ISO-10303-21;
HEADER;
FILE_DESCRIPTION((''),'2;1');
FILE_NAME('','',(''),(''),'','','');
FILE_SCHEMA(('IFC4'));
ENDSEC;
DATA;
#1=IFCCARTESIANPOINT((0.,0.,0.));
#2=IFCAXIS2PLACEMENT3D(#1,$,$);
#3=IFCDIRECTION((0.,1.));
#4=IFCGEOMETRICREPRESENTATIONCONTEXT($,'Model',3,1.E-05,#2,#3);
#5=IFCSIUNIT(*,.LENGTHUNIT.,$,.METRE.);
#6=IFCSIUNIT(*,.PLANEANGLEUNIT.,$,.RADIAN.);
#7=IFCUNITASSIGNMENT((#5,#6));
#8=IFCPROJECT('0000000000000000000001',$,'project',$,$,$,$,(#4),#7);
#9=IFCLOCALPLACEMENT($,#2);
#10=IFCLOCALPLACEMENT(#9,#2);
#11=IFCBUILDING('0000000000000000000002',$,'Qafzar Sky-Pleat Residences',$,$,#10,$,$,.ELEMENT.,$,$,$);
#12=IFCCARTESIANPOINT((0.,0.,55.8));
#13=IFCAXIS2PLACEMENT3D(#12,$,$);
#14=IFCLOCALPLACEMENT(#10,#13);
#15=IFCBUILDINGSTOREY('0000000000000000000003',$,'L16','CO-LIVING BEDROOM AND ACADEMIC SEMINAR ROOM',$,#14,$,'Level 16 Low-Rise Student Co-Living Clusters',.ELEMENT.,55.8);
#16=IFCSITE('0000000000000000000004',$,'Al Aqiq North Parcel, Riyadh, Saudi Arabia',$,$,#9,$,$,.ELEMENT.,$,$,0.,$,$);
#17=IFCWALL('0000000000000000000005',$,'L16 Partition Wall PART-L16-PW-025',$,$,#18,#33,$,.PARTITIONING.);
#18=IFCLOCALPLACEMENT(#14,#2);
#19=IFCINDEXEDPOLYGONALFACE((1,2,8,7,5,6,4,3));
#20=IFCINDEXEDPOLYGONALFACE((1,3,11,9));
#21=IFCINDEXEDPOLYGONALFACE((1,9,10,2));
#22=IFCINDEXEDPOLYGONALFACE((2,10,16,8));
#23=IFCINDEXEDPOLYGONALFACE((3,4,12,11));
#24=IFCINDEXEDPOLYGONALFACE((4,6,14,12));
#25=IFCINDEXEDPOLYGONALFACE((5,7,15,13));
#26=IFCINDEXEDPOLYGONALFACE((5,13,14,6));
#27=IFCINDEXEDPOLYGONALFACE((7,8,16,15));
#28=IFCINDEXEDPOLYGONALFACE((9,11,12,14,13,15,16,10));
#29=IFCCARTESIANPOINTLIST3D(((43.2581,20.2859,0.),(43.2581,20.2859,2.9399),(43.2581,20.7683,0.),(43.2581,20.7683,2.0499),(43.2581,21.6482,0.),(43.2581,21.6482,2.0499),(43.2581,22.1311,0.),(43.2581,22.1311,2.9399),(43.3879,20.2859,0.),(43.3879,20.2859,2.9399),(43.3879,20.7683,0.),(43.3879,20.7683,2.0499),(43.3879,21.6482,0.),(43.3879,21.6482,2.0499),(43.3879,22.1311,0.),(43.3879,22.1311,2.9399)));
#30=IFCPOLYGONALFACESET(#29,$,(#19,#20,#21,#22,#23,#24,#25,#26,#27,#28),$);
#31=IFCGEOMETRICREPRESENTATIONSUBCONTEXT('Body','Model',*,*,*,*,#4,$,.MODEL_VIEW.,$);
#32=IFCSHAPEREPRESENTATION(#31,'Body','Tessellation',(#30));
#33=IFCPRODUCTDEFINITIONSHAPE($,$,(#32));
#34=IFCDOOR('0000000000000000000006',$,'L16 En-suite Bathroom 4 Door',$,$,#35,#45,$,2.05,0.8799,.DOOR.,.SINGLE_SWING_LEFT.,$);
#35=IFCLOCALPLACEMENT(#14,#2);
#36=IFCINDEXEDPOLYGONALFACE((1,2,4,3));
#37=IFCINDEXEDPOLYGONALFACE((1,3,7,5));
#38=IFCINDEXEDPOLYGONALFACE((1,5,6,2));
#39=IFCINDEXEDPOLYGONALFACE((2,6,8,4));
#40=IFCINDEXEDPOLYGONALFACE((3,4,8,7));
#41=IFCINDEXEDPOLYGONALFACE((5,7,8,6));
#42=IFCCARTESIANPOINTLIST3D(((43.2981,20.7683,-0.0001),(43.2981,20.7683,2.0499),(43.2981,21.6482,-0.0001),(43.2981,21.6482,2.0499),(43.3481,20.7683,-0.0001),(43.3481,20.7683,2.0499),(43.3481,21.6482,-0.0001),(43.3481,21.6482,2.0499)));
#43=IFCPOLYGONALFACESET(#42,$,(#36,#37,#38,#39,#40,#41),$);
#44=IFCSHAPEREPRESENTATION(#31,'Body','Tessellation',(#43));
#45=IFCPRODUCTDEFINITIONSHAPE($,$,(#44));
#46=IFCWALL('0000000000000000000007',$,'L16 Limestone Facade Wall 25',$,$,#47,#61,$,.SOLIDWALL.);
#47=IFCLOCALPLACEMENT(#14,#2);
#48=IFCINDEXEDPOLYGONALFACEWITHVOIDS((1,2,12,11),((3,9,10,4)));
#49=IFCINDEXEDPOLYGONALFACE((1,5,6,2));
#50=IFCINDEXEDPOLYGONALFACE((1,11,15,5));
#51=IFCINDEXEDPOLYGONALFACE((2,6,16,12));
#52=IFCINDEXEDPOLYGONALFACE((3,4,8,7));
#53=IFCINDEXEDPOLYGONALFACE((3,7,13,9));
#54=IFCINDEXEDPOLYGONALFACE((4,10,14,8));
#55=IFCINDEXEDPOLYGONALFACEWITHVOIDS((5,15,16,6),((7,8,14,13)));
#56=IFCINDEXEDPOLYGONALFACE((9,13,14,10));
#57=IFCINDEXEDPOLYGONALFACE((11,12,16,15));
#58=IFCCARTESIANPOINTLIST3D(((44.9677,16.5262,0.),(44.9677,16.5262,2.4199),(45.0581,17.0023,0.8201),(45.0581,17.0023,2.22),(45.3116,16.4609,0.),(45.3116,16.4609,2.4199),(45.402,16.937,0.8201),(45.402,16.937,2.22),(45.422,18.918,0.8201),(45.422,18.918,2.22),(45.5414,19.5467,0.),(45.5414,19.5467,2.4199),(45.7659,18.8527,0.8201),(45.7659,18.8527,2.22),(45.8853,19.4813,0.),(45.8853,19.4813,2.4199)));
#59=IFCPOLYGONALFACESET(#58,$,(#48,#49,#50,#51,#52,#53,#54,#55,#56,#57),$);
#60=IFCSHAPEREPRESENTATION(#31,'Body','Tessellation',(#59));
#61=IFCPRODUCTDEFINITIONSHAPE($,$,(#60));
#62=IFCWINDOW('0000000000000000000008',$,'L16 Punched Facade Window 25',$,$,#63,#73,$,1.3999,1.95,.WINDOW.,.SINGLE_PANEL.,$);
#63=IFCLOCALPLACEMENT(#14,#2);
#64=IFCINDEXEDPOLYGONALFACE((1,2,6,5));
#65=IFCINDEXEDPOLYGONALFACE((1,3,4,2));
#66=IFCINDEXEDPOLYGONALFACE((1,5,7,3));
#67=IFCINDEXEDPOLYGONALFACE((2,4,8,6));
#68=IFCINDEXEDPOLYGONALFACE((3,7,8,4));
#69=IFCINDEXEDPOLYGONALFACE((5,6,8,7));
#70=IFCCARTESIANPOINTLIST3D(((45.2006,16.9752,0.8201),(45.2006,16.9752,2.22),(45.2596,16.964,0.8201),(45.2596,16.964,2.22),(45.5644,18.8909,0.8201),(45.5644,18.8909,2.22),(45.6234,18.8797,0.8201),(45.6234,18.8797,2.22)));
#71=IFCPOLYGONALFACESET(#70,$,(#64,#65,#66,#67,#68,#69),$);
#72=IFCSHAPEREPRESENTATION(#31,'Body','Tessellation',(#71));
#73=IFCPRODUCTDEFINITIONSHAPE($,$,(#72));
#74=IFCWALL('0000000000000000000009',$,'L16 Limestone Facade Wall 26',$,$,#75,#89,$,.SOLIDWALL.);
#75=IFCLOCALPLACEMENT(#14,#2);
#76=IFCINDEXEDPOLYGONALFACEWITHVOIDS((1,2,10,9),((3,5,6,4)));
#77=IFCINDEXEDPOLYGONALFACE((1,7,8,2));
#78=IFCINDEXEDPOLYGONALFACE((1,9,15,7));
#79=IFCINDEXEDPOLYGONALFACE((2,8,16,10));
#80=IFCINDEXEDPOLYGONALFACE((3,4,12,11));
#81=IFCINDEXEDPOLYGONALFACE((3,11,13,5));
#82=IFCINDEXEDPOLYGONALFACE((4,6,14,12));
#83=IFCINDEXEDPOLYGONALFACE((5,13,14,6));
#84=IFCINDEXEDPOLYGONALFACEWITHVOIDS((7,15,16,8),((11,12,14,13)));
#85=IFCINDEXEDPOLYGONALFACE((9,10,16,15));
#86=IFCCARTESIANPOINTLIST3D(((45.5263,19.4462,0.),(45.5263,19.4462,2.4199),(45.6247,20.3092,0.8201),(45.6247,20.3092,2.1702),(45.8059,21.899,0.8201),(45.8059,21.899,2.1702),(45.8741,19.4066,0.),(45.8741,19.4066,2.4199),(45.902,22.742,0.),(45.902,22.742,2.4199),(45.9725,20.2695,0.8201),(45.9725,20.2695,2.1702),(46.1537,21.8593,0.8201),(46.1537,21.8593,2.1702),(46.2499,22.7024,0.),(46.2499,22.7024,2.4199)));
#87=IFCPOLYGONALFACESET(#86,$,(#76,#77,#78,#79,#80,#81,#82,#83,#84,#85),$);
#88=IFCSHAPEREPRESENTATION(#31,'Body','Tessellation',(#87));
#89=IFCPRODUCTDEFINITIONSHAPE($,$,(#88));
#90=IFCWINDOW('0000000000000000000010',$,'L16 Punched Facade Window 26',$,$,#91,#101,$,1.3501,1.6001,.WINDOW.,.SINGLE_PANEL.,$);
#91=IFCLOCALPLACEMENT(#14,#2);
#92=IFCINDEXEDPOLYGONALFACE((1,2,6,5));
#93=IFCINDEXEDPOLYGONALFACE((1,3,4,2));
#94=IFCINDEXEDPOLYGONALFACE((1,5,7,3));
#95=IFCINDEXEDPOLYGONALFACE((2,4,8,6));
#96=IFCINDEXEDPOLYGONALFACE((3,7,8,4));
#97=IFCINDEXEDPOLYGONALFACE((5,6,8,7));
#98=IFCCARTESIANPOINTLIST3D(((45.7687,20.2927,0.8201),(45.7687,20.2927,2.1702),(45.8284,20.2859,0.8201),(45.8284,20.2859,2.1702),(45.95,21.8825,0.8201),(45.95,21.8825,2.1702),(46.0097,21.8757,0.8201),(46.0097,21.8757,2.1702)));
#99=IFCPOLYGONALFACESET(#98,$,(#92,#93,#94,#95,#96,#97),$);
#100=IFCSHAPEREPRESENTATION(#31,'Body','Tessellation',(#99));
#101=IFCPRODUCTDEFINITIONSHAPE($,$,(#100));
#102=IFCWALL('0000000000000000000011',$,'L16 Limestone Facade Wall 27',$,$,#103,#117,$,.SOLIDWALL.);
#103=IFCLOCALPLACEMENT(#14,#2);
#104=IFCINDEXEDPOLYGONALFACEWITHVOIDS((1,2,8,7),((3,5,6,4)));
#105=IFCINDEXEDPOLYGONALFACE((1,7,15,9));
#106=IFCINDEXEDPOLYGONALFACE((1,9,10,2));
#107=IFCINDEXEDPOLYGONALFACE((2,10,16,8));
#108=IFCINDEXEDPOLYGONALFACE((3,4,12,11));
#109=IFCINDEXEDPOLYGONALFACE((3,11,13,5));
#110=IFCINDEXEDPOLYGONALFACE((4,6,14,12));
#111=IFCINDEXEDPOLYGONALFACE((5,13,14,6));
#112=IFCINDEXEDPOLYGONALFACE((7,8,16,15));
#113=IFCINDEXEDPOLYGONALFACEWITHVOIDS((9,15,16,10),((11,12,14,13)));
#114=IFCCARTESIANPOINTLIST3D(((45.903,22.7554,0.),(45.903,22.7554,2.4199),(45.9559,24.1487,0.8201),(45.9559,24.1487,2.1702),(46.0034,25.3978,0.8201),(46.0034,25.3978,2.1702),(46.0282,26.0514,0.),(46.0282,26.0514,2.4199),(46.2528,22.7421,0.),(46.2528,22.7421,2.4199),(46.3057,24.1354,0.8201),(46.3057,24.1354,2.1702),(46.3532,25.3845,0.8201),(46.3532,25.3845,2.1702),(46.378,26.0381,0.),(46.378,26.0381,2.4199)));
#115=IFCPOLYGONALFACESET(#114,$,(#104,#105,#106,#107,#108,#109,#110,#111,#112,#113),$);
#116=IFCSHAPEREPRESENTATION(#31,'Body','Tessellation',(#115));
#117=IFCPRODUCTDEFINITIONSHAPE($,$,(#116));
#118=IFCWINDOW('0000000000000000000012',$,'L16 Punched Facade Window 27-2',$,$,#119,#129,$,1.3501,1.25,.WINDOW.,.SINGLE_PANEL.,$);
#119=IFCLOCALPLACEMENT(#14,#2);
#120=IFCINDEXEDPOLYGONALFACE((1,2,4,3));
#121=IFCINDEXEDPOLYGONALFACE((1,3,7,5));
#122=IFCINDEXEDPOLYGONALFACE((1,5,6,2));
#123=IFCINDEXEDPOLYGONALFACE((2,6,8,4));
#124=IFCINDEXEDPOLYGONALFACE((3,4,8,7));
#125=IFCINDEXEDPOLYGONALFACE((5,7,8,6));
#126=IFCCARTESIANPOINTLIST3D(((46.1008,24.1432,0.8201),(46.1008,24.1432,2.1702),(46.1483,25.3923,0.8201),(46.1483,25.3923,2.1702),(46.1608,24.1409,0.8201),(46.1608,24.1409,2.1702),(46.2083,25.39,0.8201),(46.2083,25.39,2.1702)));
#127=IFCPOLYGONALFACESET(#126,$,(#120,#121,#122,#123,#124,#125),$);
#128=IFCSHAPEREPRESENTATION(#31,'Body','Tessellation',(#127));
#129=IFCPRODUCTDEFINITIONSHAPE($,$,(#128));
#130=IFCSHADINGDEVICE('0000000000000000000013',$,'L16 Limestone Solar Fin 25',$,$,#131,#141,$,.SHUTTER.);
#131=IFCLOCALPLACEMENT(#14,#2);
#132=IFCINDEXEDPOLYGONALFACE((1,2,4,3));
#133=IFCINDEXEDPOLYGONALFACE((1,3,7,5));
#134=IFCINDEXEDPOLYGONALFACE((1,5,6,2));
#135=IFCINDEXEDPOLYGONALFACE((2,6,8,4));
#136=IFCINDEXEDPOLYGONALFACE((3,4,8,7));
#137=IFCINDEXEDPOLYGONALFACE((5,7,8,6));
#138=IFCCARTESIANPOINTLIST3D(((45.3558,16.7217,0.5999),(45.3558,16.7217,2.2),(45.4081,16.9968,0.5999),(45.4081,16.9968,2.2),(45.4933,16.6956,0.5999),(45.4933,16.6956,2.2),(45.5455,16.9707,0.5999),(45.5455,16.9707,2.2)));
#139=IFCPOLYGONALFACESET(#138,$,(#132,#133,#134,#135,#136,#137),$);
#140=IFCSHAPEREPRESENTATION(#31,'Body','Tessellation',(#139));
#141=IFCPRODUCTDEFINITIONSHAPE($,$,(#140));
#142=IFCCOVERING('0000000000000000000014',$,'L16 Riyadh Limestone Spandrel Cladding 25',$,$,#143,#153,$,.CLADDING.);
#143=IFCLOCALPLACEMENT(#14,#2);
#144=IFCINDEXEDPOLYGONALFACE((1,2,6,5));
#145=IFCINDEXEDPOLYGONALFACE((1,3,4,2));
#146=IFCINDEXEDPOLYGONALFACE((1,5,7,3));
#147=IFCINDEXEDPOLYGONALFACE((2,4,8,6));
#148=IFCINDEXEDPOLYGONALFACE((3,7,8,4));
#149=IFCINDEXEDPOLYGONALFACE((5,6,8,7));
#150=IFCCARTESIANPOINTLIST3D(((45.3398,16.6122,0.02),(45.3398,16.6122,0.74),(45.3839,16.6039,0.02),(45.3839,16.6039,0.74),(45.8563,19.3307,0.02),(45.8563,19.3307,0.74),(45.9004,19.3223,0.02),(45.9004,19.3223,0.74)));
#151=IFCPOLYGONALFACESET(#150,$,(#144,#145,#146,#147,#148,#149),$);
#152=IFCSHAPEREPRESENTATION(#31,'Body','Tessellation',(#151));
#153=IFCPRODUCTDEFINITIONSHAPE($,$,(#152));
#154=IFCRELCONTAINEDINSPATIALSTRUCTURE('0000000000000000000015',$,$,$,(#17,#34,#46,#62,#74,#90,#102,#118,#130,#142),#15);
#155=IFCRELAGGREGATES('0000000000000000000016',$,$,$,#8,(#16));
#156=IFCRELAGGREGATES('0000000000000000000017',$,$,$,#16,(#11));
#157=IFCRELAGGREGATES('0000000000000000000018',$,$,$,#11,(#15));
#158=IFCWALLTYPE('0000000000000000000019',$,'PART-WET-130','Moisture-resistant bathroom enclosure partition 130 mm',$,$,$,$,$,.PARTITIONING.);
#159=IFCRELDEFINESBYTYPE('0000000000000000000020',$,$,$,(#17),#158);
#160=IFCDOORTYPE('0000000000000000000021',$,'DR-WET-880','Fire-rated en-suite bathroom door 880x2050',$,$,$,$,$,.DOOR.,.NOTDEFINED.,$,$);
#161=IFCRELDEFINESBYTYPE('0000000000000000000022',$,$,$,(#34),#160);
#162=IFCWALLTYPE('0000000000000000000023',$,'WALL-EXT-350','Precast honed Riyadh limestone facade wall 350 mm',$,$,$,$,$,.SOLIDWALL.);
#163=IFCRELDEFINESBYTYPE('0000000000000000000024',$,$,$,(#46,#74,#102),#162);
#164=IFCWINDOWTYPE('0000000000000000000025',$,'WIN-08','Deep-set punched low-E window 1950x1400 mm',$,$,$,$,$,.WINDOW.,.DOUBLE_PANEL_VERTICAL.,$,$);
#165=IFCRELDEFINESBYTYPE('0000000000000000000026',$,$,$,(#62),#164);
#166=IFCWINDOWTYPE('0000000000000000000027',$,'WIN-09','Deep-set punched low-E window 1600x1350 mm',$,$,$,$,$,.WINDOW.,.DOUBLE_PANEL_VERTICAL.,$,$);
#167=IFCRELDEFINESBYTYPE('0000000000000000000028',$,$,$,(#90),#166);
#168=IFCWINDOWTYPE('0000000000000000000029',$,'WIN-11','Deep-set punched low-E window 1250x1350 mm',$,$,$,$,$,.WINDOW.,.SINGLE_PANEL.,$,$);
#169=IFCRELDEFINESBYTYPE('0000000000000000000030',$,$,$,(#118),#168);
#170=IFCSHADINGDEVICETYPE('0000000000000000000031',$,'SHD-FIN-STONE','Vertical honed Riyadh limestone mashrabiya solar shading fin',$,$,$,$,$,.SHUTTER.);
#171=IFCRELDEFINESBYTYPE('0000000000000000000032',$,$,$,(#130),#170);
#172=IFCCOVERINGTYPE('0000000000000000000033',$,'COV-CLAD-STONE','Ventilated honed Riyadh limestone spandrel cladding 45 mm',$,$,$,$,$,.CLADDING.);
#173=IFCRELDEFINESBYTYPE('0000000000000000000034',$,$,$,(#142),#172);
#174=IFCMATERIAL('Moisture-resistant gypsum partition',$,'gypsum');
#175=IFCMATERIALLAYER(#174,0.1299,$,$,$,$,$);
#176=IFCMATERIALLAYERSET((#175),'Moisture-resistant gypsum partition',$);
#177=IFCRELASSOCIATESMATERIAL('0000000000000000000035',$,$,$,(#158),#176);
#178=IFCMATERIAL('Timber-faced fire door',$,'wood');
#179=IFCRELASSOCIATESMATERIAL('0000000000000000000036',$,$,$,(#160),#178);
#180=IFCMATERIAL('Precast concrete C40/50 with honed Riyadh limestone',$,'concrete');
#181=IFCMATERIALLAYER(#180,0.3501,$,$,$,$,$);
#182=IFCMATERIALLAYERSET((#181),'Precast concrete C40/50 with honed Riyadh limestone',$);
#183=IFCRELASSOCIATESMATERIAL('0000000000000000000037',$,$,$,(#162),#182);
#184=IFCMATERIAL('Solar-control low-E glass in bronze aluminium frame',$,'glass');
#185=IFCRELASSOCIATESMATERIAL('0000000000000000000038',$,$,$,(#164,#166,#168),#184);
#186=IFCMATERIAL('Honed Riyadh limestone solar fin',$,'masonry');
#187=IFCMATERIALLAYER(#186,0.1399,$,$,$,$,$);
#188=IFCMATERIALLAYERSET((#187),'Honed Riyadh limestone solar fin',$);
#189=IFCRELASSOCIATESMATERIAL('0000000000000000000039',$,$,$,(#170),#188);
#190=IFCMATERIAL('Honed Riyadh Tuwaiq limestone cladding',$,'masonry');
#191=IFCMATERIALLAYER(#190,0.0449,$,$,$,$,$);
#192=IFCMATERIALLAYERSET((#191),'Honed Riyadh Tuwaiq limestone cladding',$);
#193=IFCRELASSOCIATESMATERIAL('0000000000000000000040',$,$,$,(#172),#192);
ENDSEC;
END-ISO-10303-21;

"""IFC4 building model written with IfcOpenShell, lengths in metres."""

from ifc_helpers import new_model, si_unit, direction, frame, frame_2d, origin, origin_2d, place, context, subcontext, project, spatial, rectangle, extrude, source, transform, mapped, material, layer, layer_set, type_object, element, fill, save


model = new_model("IFC4")

# Units and contexts
model_context = context("Model", 3, precision=1e-05, world=origin(), true_north=direction((0.0, 1.0)))
body_context = subcontext(model_context, "Body", "Model", "MODEL_VIEW")
ifc_project = project(units=[si_unit("LENGTHUNIT", "METRE"), si_unit("PLANEANGLEUNIT", "RADIAN")], contexts=[model_context])

# Site, building, storey
site_placement = place(None, origin())
site = spatial("IfcSite", under=ifc_project, at=site_placement, Name="Al Aqiq North Parcel, Riyadh, Saudi Arabia", CompositionType="ELEMENT", RefElevation=0.0)
building_placement = place(site_placement, origin())
building = spatial("IfcBuilding", under=site, at=building_placement, Name="Qafzar Sky-Pleat Residences", CompositionType="ELEMENT")
storey_placement = place(building_placement, frame((0.0, 0.0, 55.8)))
storey = spatial("IfcBuildingStorey", under=building, at=storey_placement, Name="L16", Description="CO-LIVING BEDROOM AND ACADEMIC SEMINAR ROOM", LongName="Level 16 Low-Rise Student Co-Living Clusters", CompositionType="ELEMENT", Elevation=55.8)

# Wall, opening, door
ifc_material_1 = material(Name="Moisture-resistant gypsum partition", Category="gypsum")
ifc_layer_1 = layer(ifc_material_1, 0.1299)
ifc_layer_set_1 = layer_set([ifc_layer_1], Name="Moisture-resistant gypsum partition")
wall_type_1 = type_object("IfcWallType", Name="PART-WET-130", Description="Moisture-resistant bathroom enclosure partition 130 mm", PredefinedType="PARTITIONING", material=ifc_layer_set_1)
ifc_material_2 = material(Name="Timber-faced fire door", Category="wood")
door_type = type_object("IfcDoorType", Name="DR-WET-880", Description="Fire-rated en-suite bathroom door 880x2050", OperationType="NOTDEFINED", PredefinedType="DOOR", material=ifc_material_2)
shared_shape_1 = source(origin(), body_context, "Body", "SweptSolid", [
    extrude(rectangle(XDim=0.8799, YDim=2.05, at=frame_2d((0.4399, 1.0249))), frame((0.0, 0.0249, 0.0), z_axis=(0.0, -1.0, 0.0), x_axis=(1.0, 0.0, 0.0)), (0.0, 0.0, 1.0), 0.05),
])
wall_1_placement = place(storey_placement, frame((43.323, 20.2859, 0.0), z_axis=(0.0, 0.0, 1.0), x_axis=(0.0, 1.0, 0.0)))
wall_1 = element("IfcWall", 1, at=wall_1_placement, inside=storey, type_object=wall_type_1, Name="L16 Partition Wall PART-L16-PW-025", PredefinedType="PARTITIONING", context=body_context, shape_type="SweptSolid", body=[
    extrude(rectangle(XDim=1.8452, YDim=0.1299, at=frame_2d((0.9226, 0.0))), origin(), (0.0, 0.0, 1.0), 2.9399),
])
opening_1_placement = place(wall_1_placement, frame((0.4824, 0.0, 0.0)))
opening_1 = element("IfcOpeningElement", 2, at=opening_1_placement, cuts=wall_1, PredefinedType="OPENING", context=body_context, shape_type="SweptSolid", body=[
    extrude(rectangle(XDim=0.8799, YDim=2.05, at=frame_2d((0.4399, 1.0249))), frame((0.0, 0.075, 0.0), z_axis=(0.0, -1.0, 0.0), x_axis=(1.0, 0.0, 0.0)), (0.0, 0.0, 1.0), 0.1499),
])
door_1_placement = place(opening_1_placement, origin())
door_1 = element("IfcDoor", 3, at=door_1_placement, inside=storey, type_object=door_type, Name="L16 En-suite Bathroom 4 Door", OperationType="SINGLE_SWING_LEFT", OverallHeight=2.05, OverallWidth=0.8799, PredefinedType="DOOR", context=body_context, shape_type="MappedRepresentation", body=[
    mapped(shared_shape_1, transform((0.0, 0.0, 0.0), x_axis=(1.0, 0.0, 0.0), y_axis=(0.0, 1.0, 0.0), z_axis=(0.0, 0.0, 1.0), scale=1.0)),
])
fill(opening_1, door_1)

# Walls, openings, windows
ifc_material_3 = material(Name="Precast concrete C40/50 with honed Riyadh limestone", Category="concrete")
ifc_layer_2 = layer(ifc_material_3, 0.3501)
ifc_layer_set_2 = layer_set([ifc_layer_2], Name="Precast concrete C40/50 with honed Riyadh limestone")
wall_type_2 = type_object("IfcWallType", Name="WALL-EXT-350", Description="Precast honed Riyadh limestone facade wall 350 mm", PredefinedType="SOLIDWALL", material=ifc_layer_set_2)
wall_2_placement = place(storey_placement, frame((45.1396, 16.4937, 0.0), z_axis=(0.0, 0.0, 1.0), x_axis=(0.186609, 0.982434, 0.0)))
wall_2 = element("IfcWall", 4, at=wall_2_placement, inside=storey, type_object=wall_type_2, Name="L16 Limestone Facade Wall 25", PredefinedType="SOLIDWALL", context=body_context, shape_type="SweptSolid", body=[
    extrude(rectangle(XDim=3.0745, YDim=0.3501, at=frame_2d((1.5371, 0.0))), origin(), (0.0, 0.0, 1.0), 2.4199),
])
opening_2_placement = place(wall_2_placement, frame((0.4844, 0.0, 0.8201)))
opening_2 = element("IfcOpeningElement", 5, at=opening_2_placement, cuts=wall_2, PredefinedType="OPENING", context=body_context, shape_type="SweptSolid", body=[
    extrude(rectangle(XDim=1.95, YDim=1.3999, at=frame_2d((0.9751, 0.7))), frame((0.0, 0.1851, 0.0), z_axis=(0.0, -1.0, 0.0), x_axis=(1.0, 0.0, 0.0)), (0.0, 0.0, 1.0), 0.3701),
])
ifc_material_4 = material(Name="Solar-control low-E glass in bronze aluminium frame", Category="glass")
window_type_1 = type_object("IfcWindowType", Name="WIN-08", Description="Deep-set punched low-E window 1950x1400 mm", PartitioningType="DOUBLE_PANEL_VERTICAL", PredefinedType="WINDOW", material=ifc_material_4)
shared_shape_2 = source(origin(), body_context, "Body", "SweptSolid", [
    extrude(rectangle(XDim=1.95, YDim=1.3999, at=frame_2d((0.9751, 0.7))), frame((0.0, 0.03, 0.0), z_axis=(0.0, -1.0, 0.0), x_axis=(1.0, 0.0, 0.0)), (0.0, 0.0, 1.0), 0.0601),
])
window_1_placement = place(opening_2_placement, origin())
window_1 = element("IfcWindow", 6, at=window_1_placement, inside=storey, type_object=window_type_1, Name="L16 Punched Facade Window 25", OverallHeight=1.3999, OverallWidth=1.95, PartitioningType="SINGLE_PANEL", PredefinedType="WINDOW", context=body_context, shape_type="MappedRepresentation", body=[
    mapped(shared_shape_2, transform((0.0, 0.0, 0.0), x_axis=(1.0, 0.0, 0.0), y_axis=(0.0, 1.0, 0.0), z_axis=(0.0, 0.0, 1.0), scale=1.0)),
])
fill(opening_2, window_1)
wall_3_placement = place(storey_placement, frame((45.7002, 19.4263, 0.0), z_axis=(0.0, 0.0, 1.0), x_axis=(0.113266, 0.993565, 0.0)))
wall_3 = element("IfcWall", 7, at=wall_3_placement, inside=storey, type_object=wall_type_2, Name="L16 Limestone Facade Wall 26", PredefinedType="SOLIDWALL", context=body_context, shape_type="SweptSolid", body=[
    extrude(rectangle(XDim=3.3171, YDim=0.3501, at=frame_2d((1.6587, 0.0))), origin(), (0.0, 0.0, 1.0), 2.4199),
])
opening_3_placement = place(wall_3_placement, frame((0.8687, 0.0, 0.8201)))
opening_3 = element("IfcOpeningElement", 8, at=opening_3_placement, cuts=wall_3, PredefinedType="OPENING", context=body_context, shape_type="SweptSolid", body=[
    extrude(rectangle(XDim=1.6001, YDim=1.3501, at=frame_2d((0.8, 0.675))), frame((0.0, 0.1851, 0.0), z_axis=(0.0, -1.0, 0.0), x_axis=(1.0, 0.0, 0.0)), (0.0, 0.0, 1.0), 0.3701),
])
window_type_2 = type_object("IfcWindowType", Name="WIN-09", Description="Deep-set punched low-E window 1600x1350 mm", PartitioningType="DOUBLE_PANEL_VERTICAL", PredefinedType="WINDOW", material=ifc_material_4)
shared_shape_3 = source(origin(), body_context, "Body", "SweptSolid", [
    extrude(rectangle(XDim=1.6001, YDim=1.3501, at=frame_2d((0.8, 0.675))), frame((0.0, 0.03, 0.0), z_axis=(0.0, -1.0, 0.0), x_axis=(1.0, 0.0, 0.0)), (0.0, 0.0, 1.0), 0.0601),
])
window_2_placement = place(opening_3_placement, origin())
window_2 = element("IfcWindow", 9, at=window_2_placement, inside=storey, type_object=window_type_2, Name="L16 Punched Facade Window 26", OverallHeight=1.3501, OverallWidth=1.6001, PartitioningType="SINGLE_PANEL", PredefinedType="WINDOW", context=body_context, shape_type="MappedRepresentation", body=[
    mapped(shared_shape_3, transform((0.0, 0.0, 0.0), x_axis=(1.0, 0.0, 0.0), y_axis=(0.0, 1.0, 0.0), z_axis=(0.0, 0.0, 1.0), scale=1.0)),
])
fill(opening_3, window_2)
wall_4_placement = place(storey_placement, frame((46.0779, 22.7488, 0.0), z_axis=(0.0, 0.0, 1.0), x_axis=(0.037973, 0.999279, 0.0)))
wall_4 = element("IfcWall", 10, at=wall_4_placement, inside=storey, type_object=wall_type_2, Name="L16 Limestone Facade Wall 27", PredefinedType="SOLIDWALL", context=body_context, shape_type="SweptSolid", body=[
    extrude(rectangle(XDim=3.2983, YDim=0.3501, at=frame_2d((1.6492, 0.0))), origin(), (0.0, 0.0, 1.0), 2.4199),
])
opening_4_placement = place(wall_4_placement, frame((1.3943, 0.0, 0.8201)))
opening_4 = element("IfcOpeningElement", 11, at=opening_4_placement, cuts=wall_4, PredefinedType="OPENING", context=body_context, shape_type="SweptSolid", body=[
    extrude(rectangle(XDim=1.25, YDim=1.3501, at=frame_2d((0.625, 0.675))), frame((0.0, 0.1851, 0.0), z_axis=(0.0, -1.0, 0.0), x_axis=(1.0, 0.0, 0.0)), (0.0, 0.0, 1.0), 0.3701),
])
window_type_3 = type_object("IfcWindowType", Name="WIN-11", Description="Deep-set punched low-E window 1250x1350 mm", PartitioningType="SINGLE_PANEL", PredefinedType="WINDOW", material=ifc_material_4)
shared_shape_4 = source(origin(), body_context, "Body", "SweptSolid", [
    extrude(rectangle(XDim=1.25, YDim=1.3501, at=frame_2d((0.625, 0.675))), frame((0.0, 0.03, 0.0), z_axis=(0.0, -1.0, 0.0), x_axis=(1.0, 0.0, 0.0)), (0.0, 0.0, 1.0), 0.0601),
])
window_3_placement = place(opening_4_placement, origin())
window_3 = element("IfcWindow", 12, at=window_3_placement, inside=storey, type_object=window_type_3, Name="L16 Punched Facade Window 27-2", OverallHeight=1.3501, OverallWidth=1.25, PartitioningType="SINGLE_PANEL", PredefinedType="WINDOW", context=body_context, shape_type="MappedRepresentation", body=[
    mapped(shared_shape_4, transform((0.0, 0.0, 0.0), x_axis=(1.0, 0.0, 0.0), y_axis=(0.0, 1.0, 0.0), z_axis=(0.0, 0.0, 1.0), scale=1.0)),
])
fill(opening_4, window_3)

# Shading device
ifc_material_5 = material(Name="Honed Riyadh limestone solar fin", Category="masonry")
ifc_layer_3 = layer(ifc_material_5, 0.1399)
ifc_layer_set_3 = layer_set([ifc_layer_3], Name="Honed Riyadh limestone solar fin")
shading_device_type = type_object("IfcShadingDeviceType", Name="SHD-FIN-STONE", Description="Vertical honed Riyadh limestone mashrabiya solar shading fin", PredefinedType="SHUTTER", material=ifc_layer_set_3)
shared_shape_5 = source(origin(), body_context, "Body", "SweptSolid", [
    extrude(rectangle(XDim=0.1399, YDim=0.28, at=origin_2d()), origin(), (0.0, 0.0, 1.0), 1.6001),
])
shading_device_placement = place(storey_placement, frame((45.4507, 16.8462, 0.5999), z_axis=(0.0, 0.0, 1.0), x_axis=(0.982425, -0.18666, 0.0)))
element("IfcShadingDevice", 13, at=shading_device_placement, inside=storey, type_object=shading_device_type, Name="L16 Limestone Solar Fin 25", PredefinedType="SHUTTER", context=body_context, shape_type="MappedRepresentation", body=[
    mapped(shared_shape_5, transform((0.0, 0.0, 0.0), x_axis=(1.0, 0.0, 0.0), y_axis=(0.0, 1.0, 0.0), z_axis=(0.0, 0.0, 1.0), scale=1.0)),
])

# Covering
ifc_material_6 = material(Name="Honed Riyadh Tuwaiq limestone cladding", Category="masonry")
ifc_layer_4 = layer(ifc_material_6, 0.0449)
ifc_layer_set_4 = layer_set([ifc_layer_4], Name="Honed Riyadh Tuwaiq limestone cladding")
covering_type = type_object("IfcCoveringType", Name="COV-CLAD-STONE", Description="Ventilated honed Riyadh limestone spandrel cladding 45 mm", PredefinedType="CLADDING", material=ifc_layer_set_4)
shared_shape_6 = source(origin(), body_context, "Body", "SweptSolid", [
    extrude(rectangle(XDim=2.7671, YDim=0.0449, at=origin_2d()), origin(), (0.0, 0.0, 1.0), 0.72),
])
covering_placement = place(storey_placement, frame((45.6201, 17.9673, 0.02), z_axis=(0.0, 0.0, 1.0), x_axis=(0.186662, 0.982424, 0.0)))
element("IfcCovering", 14, at=covering_placement, inside=storey, type_object=covering_type, Name="L16 Riyadh Limestone Spandrel Cladding 25", PredefinedType="CLADDING", context=body_context, shape_type="MappedRepresentation", body=[
    mapped(shared_shape_6, transform((0.0, 0.0, 0.0), x_axis=(1.0, 0.0, 0.0), y_axis=(0.0, 1.0, 0.0), z_axis=(0.0, 0.0, 1.0), scale=1.0)),
])

save(model, "model.ifc")
